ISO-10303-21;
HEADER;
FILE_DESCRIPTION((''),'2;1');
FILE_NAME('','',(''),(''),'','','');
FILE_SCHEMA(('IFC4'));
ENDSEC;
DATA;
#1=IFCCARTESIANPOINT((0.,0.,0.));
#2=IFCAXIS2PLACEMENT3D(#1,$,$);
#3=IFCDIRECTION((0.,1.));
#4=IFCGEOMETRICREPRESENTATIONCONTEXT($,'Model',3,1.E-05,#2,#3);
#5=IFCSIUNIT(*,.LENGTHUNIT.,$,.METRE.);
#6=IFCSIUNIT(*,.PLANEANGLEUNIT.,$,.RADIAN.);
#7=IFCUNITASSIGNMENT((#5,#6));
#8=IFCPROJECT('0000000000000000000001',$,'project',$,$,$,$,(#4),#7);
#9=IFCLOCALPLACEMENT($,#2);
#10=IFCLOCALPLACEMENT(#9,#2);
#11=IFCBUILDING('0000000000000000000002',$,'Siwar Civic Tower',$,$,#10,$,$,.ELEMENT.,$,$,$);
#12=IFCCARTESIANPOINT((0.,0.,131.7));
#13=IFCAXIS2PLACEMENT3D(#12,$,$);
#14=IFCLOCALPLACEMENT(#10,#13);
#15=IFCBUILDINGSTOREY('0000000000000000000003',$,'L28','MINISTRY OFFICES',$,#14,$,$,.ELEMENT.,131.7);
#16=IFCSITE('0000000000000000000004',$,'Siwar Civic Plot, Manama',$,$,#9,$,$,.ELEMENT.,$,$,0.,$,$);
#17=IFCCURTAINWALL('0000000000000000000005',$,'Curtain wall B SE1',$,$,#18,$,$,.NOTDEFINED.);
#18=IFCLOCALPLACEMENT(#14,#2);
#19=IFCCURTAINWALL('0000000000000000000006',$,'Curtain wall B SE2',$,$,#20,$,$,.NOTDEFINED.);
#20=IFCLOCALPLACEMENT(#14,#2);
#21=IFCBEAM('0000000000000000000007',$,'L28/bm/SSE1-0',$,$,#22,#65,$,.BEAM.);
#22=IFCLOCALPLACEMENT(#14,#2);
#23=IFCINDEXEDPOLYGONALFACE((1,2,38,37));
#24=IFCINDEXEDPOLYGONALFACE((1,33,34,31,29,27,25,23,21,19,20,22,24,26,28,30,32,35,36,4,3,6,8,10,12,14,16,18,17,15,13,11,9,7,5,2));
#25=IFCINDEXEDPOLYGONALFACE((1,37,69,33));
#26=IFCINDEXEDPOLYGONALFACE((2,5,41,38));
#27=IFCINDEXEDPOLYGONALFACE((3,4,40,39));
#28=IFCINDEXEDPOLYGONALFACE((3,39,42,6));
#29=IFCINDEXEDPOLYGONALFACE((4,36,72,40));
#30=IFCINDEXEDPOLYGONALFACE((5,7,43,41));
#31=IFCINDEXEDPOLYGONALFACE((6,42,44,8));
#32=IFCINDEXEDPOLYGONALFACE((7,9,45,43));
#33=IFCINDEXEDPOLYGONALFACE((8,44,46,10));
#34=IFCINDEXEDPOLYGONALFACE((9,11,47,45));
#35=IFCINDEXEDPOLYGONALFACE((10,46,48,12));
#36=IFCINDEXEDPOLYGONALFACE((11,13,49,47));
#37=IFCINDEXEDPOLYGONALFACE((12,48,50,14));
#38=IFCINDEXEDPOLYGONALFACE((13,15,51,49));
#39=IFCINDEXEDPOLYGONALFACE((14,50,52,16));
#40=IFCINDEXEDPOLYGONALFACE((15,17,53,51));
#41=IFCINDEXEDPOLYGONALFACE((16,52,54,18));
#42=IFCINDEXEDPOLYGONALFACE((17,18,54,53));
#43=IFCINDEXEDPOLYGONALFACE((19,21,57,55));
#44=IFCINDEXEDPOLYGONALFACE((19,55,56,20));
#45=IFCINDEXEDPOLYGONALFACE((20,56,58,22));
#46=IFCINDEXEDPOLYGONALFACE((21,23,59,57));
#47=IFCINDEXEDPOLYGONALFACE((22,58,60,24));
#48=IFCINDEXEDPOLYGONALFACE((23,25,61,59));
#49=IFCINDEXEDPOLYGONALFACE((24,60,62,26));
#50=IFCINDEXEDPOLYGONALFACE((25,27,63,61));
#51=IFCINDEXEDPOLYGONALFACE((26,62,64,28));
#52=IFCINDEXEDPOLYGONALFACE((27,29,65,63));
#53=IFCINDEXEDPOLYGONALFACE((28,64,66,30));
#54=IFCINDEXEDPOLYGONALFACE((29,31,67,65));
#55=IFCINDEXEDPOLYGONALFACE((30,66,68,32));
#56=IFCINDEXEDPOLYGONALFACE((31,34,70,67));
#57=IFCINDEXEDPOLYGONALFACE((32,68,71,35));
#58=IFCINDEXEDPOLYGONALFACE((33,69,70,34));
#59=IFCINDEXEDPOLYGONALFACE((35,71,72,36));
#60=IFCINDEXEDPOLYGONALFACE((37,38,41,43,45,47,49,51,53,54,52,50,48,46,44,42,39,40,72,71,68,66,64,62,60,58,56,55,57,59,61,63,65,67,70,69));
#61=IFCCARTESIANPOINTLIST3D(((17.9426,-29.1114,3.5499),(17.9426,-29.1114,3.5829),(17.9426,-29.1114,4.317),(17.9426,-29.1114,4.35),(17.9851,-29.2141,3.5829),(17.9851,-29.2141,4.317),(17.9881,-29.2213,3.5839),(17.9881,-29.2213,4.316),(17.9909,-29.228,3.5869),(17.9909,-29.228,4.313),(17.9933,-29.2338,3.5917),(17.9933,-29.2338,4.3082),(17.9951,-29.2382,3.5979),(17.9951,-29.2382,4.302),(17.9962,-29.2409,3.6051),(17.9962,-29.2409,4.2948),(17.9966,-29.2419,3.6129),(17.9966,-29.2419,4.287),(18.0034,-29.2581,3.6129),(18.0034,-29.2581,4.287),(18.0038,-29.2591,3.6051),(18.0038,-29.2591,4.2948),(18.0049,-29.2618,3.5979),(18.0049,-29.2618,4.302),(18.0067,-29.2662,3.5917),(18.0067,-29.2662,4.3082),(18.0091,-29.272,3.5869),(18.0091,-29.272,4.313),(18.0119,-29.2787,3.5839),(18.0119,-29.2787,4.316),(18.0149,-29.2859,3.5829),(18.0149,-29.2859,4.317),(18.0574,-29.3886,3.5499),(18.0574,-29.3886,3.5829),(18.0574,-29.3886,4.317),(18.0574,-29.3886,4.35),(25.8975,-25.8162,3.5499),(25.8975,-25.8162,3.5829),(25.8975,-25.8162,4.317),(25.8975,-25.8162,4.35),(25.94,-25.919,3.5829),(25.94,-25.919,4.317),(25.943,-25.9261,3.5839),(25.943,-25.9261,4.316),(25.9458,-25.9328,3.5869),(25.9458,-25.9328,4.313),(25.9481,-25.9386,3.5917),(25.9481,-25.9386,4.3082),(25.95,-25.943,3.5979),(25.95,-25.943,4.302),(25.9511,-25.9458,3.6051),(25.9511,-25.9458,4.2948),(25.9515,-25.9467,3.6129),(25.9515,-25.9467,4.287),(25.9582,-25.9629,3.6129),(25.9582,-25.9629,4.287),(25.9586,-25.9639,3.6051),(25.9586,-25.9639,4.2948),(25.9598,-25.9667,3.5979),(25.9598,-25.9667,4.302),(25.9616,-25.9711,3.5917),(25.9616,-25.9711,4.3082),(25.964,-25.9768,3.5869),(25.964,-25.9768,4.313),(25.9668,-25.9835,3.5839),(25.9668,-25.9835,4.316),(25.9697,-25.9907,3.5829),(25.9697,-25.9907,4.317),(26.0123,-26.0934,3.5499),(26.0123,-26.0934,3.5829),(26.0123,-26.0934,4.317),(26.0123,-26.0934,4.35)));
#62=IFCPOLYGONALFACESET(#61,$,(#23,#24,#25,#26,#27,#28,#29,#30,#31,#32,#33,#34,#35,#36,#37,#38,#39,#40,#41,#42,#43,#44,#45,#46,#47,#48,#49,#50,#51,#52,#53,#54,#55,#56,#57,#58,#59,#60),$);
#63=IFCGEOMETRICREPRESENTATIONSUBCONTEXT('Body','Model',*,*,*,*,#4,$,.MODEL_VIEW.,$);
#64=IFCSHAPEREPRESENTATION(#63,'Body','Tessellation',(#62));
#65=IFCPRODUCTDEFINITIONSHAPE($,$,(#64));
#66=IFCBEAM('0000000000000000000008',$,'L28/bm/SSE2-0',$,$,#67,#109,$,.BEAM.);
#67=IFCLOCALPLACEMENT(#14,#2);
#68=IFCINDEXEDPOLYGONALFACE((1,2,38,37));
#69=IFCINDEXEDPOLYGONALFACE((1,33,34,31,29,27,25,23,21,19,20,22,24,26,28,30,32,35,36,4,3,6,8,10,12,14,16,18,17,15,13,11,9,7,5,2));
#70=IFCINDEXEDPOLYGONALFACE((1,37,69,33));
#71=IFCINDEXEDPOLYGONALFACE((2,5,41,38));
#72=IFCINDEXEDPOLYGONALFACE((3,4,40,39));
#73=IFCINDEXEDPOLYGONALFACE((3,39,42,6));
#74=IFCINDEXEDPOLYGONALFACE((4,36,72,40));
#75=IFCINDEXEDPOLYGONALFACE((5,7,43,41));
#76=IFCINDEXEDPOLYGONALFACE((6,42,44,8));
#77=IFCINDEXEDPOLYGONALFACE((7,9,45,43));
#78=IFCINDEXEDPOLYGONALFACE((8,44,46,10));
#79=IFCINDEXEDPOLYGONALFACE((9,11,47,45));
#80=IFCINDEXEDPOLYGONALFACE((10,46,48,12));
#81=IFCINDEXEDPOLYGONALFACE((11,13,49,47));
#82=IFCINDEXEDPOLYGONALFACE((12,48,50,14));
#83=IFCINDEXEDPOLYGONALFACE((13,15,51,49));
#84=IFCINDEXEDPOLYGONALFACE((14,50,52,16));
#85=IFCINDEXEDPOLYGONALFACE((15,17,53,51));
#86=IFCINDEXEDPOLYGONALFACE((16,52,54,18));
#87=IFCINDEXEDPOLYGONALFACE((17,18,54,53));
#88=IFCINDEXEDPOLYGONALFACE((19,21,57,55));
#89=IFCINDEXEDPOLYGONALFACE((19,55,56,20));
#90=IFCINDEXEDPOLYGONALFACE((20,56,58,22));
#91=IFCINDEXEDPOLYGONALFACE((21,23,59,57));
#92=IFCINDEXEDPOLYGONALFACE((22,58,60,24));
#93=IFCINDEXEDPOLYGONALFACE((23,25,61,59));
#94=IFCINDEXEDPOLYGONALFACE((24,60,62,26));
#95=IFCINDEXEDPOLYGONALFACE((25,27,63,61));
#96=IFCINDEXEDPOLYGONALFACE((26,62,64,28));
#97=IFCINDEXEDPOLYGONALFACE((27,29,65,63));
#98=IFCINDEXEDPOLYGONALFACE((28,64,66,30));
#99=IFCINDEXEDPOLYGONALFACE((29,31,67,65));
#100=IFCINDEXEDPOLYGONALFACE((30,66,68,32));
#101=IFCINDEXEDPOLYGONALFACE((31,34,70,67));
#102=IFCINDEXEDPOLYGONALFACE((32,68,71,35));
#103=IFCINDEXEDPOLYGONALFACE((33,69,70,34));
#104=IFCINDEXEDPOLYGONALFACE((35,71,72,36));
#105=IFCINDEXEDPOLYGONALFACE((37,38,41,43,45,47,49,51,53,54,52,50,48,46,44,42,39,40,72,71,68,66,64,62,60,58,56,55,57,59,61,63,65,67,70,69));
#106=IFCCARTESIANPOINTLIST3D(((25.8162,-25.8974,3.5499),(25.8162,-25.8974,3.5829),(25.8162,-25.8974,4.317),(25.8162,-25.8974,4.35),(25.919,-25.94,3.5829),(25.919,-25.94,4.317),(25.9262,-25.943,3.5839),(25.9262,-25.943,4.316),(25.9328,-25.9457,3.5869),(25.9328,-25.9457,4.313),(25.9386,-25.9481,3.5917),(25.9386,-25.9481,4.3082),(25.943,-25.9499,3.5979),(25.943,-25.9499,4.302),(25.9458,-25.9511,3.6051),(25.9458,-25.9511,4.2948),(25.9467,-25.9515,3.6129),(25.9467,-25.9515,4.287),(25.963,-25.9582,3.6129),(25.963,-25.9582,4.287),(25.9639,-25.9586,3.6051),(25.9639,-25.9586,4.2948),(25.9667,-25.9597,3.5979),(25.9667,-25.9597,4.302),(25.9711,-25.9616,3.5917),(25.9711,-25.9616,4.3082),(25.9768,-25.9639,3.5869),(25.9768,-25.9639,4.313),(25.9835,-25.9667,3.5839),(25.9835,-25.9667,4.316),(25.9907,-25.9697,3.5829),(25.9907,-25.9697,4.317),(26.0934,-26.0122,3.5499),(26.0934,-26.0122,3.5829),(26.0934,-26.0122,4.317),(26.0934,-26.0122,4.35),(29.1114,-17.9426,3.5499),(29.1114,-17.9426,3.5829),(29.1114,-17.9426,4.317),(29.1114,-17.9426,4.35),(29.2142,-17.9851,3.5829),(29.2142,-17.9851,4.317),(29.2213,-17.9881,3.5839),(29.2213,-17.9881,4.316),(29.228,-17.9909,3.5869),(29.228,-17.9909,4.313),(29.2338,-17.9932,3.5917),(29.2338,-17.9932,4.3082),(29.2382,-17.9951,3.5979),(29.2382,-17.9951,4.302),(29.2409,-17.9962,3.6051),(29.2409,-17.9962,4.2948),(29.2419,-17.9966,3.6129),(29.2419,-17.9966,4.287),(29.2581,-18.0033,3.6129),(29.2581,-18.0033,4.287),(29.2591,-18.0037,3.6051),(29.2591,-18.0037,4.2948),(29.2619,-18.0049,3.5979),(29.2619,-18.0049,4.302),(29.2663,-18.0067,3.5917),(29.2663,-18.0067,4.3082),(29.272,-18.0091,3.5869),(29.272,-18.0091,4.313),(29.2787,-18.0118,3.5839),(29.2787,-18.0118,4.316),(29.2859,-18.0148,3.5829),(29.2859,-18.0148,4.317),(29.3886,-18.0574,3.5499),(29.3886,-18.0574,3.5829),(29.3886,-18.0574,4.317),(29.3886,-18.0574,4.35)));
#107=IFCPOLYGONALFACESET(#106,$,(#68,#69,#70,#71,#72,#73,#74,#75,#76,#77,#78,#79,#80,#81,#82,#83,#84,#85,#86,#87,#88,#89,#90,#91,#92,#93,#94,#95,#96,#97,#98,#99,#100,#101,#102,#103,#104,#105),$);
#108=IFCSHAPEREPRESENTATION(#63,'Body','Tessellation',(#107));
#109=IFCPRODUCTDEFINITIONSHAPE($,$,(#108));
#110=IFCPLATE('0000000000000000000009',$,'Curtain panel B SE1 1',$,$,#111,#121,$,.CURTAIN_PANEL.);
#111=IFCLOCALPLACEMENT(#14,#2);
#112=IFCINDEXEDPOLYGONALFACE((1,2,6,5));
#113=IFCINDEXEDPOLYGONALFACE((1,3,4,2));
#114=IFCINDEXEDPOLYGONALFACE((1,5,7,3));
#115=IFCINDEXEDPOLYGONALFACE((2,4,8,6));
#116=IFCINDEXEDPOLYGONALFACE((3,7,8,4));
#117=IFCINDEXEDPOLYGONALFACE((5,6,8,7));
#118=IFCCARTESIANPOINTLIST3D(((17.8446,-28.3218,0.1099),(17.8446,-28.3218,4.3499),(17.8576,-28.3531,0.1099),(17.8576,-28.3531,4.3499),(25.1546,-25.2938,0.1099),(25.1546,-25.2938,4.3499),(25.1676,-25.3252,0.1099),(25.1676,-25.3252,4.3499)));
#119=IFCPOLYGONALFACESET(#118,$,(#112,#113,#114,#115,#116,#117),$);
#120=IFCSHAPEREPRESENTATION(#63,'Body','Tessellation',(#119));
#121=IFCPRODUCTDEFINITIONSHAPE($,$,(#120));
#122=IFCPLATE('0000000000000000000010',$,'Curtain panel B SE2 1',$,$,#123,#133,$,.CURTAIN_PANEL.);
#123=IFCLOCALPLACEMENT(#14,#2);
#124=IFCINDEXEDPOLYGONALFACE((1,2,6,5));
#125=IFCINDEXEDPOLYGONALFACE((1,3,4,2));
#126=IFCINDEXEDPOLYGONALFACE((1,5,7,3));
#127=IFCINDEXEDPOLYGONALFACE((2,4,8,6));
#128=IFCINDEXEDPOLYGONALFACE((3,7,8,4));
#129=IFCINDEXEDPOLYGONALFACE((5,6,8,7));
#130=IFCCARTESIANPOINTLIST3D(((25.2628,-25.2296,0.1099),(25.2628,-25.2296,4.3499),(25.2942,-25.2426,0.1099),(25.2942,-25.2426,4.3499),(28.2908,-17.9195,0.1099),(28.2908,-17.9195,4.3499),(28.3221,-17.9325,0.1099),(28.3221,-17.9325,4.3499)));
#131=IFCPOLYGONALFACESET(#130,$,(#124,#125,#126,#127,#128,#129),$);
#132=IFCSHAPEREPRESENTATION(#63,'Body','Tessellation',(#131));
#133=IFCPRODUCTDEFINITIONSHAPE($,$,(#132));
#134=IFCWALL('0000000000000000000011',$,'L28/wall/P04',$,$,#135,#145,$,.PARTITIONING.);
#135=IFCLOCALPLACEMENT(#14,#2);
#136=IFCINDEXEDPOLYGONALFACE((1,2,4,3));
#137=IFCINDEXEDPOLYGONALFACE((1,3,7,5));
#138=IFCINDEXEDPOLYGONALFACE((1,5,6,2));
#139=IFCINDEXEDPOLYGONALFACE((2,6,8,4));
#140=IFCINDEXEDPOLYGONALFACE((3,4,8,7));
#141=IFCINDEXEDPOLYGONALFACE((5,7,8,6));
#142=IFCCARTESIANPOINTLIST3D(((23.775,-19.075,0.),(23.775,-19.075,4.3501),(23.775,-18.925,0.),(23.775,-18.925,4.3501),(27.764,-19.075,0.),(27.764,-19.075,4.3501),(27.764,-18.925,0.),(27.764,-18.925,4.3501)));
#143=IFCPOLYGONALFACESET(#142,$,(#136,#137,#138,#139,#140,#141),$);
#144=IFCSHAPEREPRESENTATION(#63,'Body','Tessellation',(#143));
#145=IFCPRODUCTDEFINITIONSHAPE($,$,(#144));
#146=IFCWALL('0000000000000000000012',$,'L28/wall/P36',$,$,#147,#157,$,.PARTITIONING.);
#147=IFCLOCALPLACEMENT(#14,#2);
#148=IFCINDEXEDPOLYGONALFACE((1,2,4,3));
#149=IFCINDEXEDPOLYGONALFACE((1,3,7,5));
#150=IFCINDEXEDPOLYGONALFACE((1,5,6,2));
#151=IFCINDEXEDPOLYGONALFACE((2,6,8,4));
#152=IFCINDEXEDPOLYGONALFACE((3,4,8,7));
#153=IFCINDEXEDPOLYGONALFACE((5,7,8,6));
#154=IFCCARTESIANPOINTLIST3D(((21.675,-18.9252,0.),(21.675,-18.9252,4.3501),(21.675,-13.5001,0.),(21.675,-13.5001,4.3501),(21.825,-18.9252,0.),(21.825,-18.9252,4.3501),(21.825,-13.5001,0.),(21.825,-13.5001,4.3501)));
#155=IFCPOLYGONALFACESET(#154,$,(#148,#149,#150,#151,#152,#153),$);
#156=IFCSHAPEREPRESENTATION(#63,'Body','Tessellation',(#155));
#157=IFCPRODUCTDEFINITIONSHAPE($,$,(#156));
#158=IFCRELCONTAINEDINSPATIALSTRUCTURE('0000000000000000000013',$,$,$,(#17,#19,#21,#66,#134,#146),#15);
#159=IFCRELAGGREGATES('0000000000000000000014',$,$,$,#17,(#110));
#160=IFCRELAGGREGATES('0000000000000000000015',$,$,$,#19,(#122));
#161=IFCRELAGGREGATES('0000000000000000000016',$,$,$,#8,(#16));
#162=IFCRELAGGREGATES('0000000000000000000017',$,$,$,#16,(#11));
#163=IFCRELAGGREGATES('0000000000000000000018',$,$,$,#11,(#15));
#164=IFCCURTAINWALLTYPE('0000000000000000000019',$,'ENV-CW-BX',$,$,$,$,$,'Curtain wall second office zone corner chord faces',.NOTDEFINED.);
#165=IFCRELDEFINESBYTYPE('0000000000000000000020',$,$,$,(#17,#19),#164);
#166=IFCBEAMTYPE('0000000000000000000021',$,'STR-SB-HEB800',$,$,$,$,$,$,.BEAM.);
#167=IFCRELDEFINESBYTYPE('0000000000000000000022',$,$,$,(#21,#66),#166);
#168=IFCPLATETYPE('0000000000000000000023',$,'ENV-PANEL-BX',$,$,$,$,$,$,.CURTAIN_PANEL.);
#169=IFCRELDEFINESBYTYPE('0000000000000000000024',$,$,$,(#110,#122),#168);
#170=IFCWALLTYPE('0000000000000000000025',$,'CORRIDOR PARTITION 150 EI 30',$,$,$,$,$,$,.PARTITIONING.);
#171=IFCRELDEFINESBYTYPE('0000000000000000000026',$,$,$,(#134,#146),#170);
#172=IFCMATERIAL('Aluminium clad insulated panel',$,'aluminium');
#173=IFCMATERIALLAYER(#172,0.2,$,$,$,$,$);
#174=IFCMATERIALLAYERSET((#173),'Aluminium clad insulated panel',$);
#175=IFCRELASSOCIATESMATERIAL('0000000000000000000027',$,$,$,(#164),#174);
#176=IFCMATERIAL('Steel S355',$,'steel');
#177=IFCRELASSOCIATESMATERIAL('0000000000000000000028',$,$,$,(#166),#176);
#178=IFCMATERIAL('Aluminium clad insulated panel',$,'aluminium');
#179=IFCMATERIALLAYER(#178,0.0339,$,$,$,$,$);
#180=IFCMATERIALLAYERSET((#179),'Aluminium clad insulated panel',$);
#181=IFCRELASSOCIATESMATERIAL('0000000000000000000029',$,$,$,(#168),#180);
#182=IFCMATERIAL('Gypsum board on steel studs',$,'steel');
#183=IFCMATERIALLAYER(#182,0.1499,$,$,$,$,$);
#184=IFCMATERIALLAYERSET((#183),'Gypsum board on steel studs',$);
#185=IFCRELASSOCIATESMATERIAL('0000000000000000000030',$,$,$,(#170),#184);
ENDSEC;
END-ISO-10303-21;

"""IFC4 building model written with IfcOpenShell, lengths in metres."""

from ifc_helpers import new_model, si_unit, direction, frame, frame_2d, origin, origin_2d, place, context, subcontext, project, spatial, rectangle, i_section, extrude, material, layer, layer_set, material_profile, profile_set, type_object, element, aggregate, save


model = new_model("IFC4")

# Units and contexts
model_context = context("Model", 3, precision=1e-05, world=origin(), true_north=direction((0.0, 1.0)))
body_context = subcontext(model_context, "Body", "Model", "MODEL_VIEW")
ifc_project = project(units=[si_unit("LENGTHUNIT", "METRE"), si_unit("PLANEANGLEUNIT", "RADIAN")], contexts=[model_context])

# Site, building, storey
site_placement = place(None, origin())
site = spatial("IfcSite", under=ifc_project, at=site_placement, Name="Siwar Civic Plot, Manama", CompositionType="ELEMENT", RefElevation=0.0)
building_placement = place(site_placement, origin())
building = spatial("IfcBuilding", under=site, at=building_placement, Name="Siwar Civic Tower", CompositionType="ELEMENT")
storey_placement = place(building_placement, frame((0.0, 0.0, 131.7)))
storey = spatial("IfcBuildingStorey", under=building, at=storey_placement, Name="L28", Description="MINISTRY OFFICES", CompositionType="ELEMENT", Elevation=131.7)

# Curtain walls
ifc_material_1 = material(Name="Aluminium clad insulated panel", Category="aluminium")
ifc_layer_1 = layer(ifc_material_1, 0.2)
ifc_layer_set_1 = layer_set([ifc_layer_1], Name="Aluminium clad insulated panel")
curtain_wall_type = type_object("IfcCurtainWallType", Name="ENV-CW-BX", ElementType="Curtain wall second office zone corner chord faces", PredefinedType="NOTDEFINED", material=ifc_layer_set_1)
curtain_wall_1_placement = place(storey_placement, origin())
curtain_wall_1 = element("IfcCurtainWall", 1, at=curtain_wall_1_placement, inside=storey, type_object=curtain_wall_type, Name="Curtain wall B SE1", PredefinedType="NOTDEFINED")
curtain_wall_2_placement = place(storey_placement, origin())
curtain_wall_2 = element("IfcCurtainWall", 2, at=curtain_wall_2_placement, inside=storey, type_object=curtain_wall_type, Name="Curtain wall B SE2", PredefinedType="NOTDEFINED")

# Beams
ifc_material_2 = material(Name="Steel S355", Category="steel")
ifc_material_profile_1 = material_profile(ifc_material_2, i_section(OverallWidth=0.3, OverallDepth=0.8, WebThickness=0.0176, FlangeThickness=0.033, FilletRadius=0.03, at=origin_2d()), Name="HEB800")
ifc_profile_set_1 = profile_set([ifc_material_profile_1], Name="Steel S355")
beam_type_1 = type_object("IfcBeamType", Name="STR-SB-HEB800", PredefinedType="BEAM", material=ifc_profile_set_1)
for number, where, z_axis, x_axis, name in (
    (3, (18.0, -29.25, 3.95), (0.923873, 0.3827, 0.0), (-0.3827, 0.923873, 0.0), "L28/bm/SSE1-0"),
    (4, (25.9548, -25.9548, 3.95), (0.3827, 0.923873, 0.0), (-0.923873, 0.3827, 0.0), "L28/bm/SSE2-0"),
):
    element("IfcBeam", number, at=place(storey_placement, frame(where, z_axis=z_axis, x_axis=x_axis)), inside=storey, type_object=beam_type_1, Name=name, PredefinedType="BEAM", context=body_context, shape_type="SweptSolid", body=[
        extrude(i_section(OverallWidth=0.3, OverallDepth=0.8, WebThickness=0.0176, FlangeThickness=0.033, FilletRadius=0.03, at=origin_2d()), origin(), (0.0, 0.0, 1.0), 8.6104),
    ])

# Plates
ifc_material_3 = material(Name="Aluminium clad insulated panel", Category="aluminium")
ifc_layer_2 = layer(ifc_material_3, 0.0339)
ifc_layer_set_2 = layer_set([ifc_layer_2], Name="Aluminium clad insulated panel")
plate_type = type_object("IfcPlateType", Name="ENV-PANEL-BX", PredefinedType="CURTAIN_PANEL", material=ifc_layer_set_2)
plate_1_placement = place(storey_placement, frame((21.5061, -26.8235, 0.1099), z_axis=(0.0, 0.0, 1.0), x_axis=(0.92388, 0.382683, 0.0)))
plate_1 = element("IfcPlate", 5, at=plate_1_placement, type_object=plate_type, Name="Curtain panel B SE1 1", PredefinedType="CURTAIN_PANEL", context=body_context, shape_type="SweptSolid", body=[
    extrude(rectangle(XDim=7.9124, YDim=0.0339, at=origin_2d()), origin(), (0.0, 0.0, 1.0), 4.24),
])
aggregate(curtain_wall_1, [plate_1])
plate_2_placement = place(storey_placement, frame((26.7925, -21.5811, 0.1099), z_axis=(0.0, 0.0, 1.0), x_axis=(0.382683, 0.92388, 0.0)))
plate_2 = element("IfcPlate", 6, at=plate_2_placement, type_object=plate_type, Name="Curtain panel B SE2 1", PredefinedType="CURTAIN_PANEL", context=body_context, shape_type="SweptSolid", body=[
    extrude(rectangle(XDim=7.9124, YDim=0.0339, at=origin_2d()), origin(), (0.0, 0.0, 1.0), 4.24),
])
aggregate(curtain_wall_2, [plate_2])

# Walls
ifc_material_4 = material(Name="Gypsum board on steel studs", Category="steel")
ifc_layer_3 = layer(ifc_material_4, 0.1499)
ifc_layer_set_3 = layer_set([ifc_layer_3], Name="Gypsum board on steel studs")
wall_type_1 = type_object("IfcWallType", Name="CORRIDOR PARTITION 150 EI 30", PredefinedType="PARTITIONING", material=ifc_layer_set_3)
wall_1_placement = place(storey_placement, frame((23.7749, -19.0, 0.0), z_axis=(0.0, 0.0, 1.0), x_axis=(1.0, 0.0, 0.0)))
element("IfcWall", 7, at=wall_1_placement, inside=storey, type_object=wall_type_1, Name="L28/wall/P04", PredefinedType="PARTITIONING", context=body_context, shape_type="SweptSolid", body=[
    extrude(rectangle(XDim=3.989, YDim=0.1499, at=frame_2d((1.9946, 0.0))), origin(), (0.0, 0.0, 1.0), 4.3501),
])
wall_2_placement = place(storey_placement, frame((21.75, -18.925, 0.0), z_axis=(0.0, 0.0, 1.0), x_axis=(0.0, 1.0, 0.0)))
element("IfcWall", 8, at=wall_2_placement, inside=storey, type_object=wall_type_1, Name="L28/wall/P36", PredefinedType="PARTITIONING", context=body_context, shape_type="SweptSolid", body=[
    extrude(rectangle(XDim=5.425, YDim=0.1499, at=frame_2d((2.7124, 0.0))), origin(), (0.0, 0.0, 1.0), 4.3501),
])

save(model, "model.ifc")
